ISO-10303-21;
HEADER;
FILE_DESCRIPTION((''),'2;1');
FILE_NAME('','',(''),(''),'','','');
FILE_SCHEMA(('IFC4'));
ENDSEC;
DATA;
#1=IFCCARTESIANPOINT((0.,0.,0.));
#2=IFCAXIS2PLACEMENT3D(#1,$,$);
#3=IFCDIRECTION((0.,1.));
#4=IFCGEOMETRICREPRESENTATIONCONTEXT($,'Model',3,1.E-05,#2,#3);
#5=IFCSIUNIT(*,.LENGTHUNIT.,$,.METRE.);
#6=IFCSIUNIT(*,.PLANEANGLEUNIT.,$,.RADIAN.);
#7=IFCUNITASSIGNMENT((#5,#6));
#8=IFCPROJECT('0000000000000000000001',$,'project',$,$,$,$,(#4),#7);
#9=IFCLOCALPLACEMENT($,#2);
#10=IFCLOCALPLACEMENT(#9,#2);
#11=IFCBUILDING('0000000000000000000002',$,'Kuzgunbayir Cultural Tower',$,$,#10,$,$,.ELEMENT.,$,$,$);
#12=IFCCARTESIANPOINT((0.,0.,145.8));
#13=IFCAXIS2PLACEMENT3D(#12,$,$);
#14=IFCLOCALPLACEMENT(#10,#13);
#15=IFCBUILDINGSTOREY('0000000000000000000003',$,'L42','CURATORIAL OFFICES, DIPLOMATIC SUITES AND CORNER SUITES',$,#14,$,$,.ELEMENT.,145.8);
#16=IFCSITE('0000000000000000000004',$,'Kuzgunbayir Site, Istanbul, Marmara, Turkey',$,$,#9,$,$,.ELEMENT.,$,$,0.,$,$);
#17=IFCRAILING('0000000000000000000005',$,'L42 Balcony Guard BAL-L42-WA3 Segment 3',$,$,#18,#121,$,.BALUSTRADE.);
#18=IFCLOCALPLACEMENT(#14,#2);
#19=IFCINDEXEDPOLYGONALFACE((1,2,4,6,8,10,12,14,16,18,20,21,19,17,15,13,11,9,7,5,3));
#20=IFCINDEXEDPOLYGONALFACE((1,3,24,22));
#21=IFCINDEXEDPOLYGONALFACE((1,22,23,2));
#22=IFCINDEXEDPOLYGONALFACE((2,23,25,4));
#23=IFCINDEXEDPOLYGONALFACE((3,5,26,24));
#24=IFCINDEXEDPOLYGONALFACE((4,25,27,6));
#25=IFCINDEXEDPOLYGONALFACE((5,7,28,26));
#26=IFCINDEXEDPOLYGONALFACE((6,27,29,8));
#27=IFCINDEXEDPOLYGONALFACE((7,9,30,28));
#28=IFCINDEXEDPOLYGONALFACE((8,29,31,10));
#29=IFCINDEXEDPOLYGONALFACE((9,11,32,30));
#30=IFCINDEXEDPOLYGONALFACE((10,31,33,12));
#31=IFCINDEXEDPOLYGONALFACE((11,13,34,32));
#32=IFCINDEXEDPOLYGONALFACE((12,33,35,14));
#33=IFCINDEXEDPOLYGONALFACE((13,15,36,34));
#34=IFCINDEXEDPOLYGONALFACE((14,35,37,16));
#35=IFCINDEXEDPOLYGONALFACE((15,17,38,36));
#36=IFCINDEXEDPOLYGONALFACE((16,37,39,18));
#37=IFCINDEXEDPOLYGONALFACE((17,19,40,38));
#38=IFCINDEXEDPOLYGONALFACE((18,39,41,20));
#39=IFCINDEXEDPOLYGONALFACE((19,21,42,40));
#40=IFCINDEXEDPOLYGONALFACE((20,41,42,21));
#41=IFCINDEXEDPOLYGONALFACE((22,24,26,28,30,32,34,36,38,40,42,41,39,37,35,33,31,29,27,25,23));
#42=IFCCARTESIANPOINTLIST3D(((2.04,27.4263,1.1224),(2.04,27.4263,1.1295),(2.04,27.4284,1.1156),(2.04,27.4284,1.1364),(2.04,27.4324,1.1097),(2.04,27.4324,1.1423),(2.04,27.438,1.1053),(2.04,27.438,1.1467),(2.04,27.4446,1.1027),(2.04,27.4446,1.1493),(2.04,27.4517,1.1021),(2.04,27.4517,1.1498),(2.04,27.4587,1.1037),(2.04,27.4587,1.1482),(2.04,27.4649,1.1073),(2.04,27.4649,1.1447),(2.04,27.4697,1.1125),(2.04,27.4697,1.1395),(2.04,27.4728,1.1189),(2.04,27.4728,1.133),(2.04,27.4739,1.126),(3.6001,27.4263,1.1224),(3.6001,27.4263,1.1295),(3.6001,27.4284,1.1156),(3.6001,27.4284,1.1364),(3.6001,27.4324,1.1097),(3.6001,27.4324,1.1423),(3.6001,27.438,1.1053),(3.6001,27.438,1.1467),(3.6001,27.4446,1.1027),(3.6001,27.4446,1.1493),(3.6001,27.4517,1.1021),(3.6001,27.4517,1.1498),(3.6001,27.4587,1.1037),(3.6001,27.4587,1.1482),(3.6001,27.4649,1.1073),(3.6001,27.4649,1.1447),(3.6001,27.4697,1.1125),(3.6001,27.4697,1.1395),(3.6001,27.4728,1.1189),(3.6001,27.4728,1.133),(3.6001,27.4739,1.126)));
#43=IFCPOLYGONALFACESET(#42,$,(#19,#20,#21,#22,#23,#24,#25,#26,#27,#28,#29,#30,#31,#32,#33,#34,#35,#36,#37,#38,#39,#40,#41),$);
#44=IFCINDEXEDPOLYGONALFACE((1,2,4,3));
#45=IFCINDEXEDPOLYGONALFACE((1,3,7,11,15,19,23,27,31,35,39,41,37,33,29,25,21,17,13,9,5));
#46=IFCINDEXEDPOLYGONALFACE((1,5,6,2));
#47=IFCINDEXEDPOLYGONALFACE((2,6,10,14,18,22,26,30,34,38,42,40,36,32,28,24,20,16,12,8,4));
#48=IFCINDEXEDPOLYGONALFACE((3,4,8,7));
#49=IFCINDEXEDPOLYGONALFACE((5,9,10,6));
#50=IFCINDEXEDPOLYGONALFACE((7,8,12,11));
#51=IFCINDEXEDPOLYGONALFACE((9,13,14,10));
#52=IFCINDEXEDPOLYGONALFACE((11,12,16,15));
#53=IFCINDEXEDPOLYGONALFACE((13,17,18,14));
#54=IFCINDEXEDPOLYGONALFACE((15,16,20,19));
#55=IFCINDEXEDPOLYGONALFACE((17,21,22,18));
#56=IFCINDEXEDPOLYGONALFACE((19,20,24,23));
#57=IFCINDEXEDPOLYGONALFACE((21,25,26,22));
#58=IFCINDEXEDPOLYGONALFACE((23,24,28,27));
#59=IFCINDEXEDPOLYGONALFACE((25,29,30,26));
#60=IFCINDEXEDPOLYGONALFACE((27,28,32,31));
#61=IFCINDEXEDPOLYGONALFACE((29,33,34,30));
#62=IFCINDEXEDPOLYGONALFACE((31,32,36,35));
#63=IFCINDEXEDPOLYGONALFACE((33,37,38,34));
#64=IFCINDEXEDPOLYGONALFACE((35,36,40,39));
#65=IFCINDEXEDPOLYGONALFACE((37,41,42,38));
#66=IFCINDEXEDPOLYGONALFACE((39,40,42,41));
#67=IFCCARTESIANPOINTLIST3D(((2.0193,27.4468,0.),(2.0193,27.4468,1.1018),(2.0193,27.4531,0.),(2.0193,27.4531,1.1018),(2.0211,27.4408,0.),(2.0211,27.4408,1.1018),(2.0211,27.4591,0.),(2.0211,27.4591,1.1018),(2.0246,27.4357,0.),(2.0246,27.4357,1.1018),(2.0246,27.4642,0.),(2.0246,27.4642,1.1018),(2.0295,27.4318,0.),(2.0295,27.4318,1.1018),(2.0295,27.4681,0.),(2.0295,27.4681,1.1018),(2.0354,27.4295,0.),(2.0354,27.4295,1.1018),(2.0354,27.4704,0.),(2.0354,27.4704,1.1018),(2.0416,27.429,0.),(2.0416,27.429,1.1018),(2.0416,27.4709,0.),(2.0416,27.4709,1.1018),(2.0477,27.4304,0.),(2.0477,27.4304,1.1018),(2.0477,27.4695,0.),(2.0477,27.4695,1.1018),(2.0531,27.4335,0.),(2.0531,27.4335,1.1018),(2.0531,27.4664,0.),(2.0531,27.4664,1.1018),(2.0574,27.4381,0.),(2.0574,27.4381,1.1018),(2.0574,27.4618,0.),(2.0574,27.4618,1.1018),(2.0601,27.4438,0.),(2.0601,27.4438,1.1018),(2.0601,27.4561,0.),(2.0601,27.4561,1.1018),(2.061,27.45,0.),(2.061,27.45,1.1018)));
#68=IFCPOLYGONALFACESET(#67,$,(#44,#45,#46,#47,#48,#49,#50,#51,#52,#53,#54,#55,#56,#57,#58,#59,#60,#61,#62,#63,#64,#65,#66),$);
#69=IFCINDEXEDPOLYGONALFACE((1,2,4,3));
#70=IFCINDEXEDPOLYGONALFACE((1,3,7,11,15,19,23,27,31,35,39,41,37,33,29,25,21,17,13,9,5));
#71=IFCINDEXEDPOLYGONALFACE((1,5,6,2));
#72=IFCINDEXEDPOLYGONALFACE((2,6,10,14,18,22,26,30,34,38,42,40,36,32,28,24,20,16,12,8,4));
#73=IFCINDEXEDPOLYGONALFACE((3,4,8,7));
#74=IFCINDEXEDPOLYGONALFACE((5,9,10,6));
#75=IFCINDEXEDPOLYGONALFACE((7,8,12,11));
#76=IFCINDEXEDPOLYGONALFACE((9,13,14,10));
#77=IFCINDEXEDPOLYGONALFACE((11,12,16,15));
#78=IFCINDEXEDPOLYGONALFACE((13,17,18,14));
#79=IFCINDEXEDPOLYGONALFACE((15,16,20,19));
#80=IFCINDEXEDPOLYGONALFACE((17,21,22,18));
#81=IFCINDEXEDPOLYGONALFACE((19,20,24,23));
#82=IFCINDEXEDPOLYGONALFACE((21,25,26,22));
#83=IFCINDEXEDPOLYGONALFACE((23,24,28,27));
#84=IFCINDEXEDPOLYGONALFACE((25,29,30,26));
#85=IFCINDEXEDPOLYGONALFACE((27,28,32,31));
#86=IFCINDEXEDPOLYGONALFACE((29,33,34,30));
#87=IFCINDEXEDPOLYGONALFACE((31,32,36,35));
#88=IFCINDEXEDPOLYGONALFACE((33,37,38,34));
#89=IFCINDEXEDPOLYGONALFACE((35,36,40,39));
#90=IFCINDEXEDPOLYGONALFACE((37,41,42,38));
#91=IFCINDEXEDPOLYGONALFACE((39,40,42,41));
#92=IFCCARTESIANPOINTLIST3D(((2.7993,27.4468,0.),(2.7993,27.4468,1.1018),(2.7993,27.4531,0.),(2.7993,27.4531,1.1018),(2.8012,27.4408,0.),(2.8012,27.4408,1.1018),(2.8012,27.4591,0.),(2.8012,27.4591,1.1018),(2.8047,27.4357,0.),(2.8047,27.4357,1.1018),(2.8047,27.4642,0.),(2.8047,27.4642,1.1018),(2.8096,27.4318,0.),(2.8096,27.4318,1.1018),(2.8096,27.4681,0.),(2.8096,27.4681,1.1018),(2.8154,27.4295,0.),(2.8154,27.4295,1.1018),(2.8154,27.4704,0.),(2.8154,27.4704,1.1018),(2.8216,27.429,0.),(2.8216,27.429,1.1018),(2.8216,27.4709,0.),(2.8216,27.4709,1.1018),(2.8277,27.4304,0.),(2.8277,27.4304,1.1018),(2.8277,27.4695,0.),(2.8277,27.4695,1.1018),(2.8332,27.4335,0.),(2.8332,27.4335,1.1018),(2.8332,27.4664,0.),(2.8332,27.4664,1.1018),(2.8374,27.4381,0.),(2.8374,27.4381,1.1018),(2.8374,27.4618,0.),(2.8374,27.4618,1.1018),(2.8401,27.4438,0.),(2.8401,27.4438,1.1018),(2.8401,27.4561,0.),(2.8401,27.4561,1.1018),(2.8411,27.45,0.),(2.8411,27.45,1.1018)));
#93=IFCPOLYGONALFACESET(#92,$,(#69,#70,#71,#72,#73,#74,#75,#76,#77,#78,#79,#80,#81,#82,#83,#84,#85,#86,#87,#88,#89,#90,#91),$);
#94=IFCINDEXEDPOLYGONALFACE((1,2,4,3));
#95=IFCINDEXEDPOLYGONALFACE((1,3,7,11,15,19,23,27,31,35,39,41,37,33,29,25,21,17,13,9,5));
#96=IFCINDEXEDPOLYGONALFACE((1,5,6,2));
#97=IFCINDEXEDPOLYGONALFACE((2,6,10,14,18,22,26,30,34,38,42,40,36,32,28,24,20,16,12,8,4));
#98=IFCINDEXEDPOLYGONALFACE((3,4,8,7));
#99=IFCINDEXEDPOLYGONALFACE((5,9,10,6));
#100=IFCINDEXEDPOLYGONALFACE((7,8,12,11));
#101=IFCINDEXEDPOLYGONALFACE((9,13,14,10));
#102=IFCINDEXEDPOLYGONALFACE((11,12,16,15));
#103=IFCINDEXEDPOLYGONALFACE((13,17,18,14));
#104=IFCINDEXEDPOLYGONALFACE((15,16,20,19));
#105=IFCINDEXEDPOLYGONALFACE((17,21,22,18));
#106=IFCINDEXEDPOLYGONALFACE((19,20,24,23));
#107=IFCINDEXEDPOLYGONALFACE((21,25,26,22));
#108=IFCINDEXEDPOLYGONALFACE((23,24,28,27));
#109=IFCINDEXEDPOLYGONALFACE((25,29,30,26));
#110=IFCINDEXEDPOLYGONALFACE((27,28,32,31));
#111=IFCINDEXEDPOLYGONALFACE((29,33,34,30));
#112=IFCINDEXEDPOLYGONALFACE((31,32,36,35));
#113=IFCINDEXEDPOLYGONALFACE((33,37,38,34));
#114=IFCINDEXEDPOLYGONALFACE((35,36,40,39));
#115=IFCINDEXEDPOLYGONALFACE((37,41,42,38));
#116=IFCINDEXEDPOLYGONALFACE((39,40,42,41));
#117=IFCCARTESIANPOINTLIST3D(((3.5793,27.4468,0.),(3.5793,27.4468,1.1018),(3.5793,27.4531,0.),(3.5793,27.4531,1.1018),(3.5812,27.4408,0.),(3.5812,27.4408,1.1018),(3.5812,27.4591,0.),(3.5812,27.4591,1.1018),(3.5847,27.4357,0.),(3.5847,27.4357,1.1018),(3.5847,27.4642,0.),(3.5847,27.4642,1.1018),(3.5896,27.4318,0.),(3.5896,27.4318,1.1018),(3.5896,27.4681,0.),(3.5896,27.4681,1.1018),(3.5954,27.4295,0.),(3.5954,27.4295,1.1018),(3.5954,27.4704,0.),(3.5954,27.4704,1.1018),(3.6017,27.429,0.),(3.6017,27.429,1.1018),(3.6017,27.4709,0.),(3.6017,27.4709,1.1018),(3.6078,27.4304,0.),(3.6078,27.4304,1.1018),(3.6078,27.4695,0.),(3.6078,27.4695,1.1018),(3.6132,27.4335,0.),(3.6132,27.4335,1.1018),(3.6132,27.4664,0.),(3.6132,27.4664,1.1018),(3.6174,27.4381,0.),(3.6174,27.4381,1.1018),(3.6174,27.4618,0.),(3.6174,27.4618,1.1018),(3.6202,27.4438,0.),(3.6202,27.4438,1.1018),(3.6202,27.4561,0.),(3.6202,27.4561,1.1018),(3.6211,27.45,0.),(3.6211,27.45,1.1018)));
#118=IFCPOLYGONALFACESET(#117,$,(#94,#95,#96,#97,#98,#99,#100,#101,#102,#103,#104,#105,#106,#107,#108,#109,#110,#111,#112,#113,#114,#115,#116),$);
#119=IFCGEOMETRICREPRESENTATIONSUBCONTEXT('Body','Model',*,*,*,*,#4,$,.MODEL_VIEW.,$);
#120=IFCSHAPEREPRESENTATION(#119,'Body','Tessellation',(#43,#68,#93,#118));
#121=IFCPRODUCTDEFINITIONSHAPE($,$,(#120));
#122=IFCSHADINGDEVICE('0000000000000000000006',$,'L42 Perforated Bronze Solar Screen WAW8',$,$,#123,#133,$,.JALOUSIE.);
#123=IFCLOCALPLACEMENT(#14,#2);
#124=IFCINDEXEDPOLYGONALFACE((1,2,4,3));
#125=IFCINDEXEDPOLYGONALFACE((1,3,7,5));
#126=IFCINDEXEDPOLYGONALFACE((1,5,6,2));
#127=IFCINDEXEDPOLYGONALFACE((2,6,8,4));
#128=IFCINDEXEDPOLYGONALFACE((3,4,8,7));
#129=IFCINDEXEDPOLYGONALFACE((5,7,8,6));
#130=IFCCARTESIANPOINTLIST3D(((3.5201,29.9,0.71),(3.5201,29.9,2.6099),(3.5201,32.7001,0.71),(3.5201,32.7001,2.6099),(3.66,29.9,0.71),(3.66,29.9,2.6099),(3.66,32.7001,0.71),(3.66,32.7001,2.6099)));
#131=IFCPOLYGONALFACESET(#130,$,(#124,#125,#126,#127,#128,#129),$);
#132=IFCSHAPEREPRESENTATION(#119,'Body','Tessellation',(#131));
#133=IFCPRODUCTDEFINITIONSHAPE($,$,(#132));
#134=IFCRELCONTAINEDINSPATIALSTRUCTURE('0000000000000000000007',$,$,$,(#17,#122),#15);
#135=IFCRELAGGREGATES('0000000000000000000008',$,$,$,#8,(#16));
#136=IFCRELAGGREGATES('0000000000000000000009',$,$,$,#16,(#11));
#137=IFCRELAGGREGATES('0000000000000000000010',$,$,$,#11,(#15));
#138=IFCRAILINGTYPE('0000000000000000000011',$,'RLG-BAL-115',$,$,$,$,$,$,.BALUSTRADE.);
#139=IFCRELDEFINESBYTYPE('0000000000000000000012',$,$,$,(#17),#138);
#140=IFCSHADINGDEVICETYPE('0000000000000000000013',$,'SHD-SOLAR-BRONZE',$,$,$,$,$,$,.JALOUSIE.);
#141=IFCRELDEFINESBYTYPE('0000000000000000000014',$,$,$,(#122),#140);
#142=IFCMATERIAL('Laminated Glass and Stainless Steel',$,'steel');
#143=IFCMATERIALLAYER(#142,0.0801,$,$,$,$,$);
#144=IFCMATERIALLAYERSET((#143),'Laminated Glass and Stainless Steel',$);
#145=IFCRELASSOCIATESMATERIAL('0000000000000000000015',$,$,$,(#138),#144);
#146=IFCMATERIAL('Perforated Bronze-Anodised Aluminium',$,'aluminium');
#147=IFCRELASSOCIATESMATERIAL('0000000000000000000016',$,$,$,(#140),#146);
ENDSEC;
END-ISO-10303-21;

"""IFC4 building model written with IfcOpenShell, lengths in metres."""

from ifc_helpers import new_model, si_unit, direction, frame, origin, origin_2d, place, context, subcontext, project, spatial, rectangle, circle, extrude, material, layer, layer_set, type_object, element, save


model = new_model("IFC4")

# Units and contexts
model_context = context("Model", 3, precision=1e-05, world=origin(), true_north=direction((0.0, 1.0)))
body_context = subcontext(model_context, "Body", "Model", "MODEL_VIEW")
ifc_project = project(units=[si_unit("LENGTHUNIT", "METRE"), si_unit("PLANEANGLEUNIT", "RADIAN")], contexts=[model_context])

# Site, building, storey
site_placement = place(None, origin())
site = spatial("IfcSite", under=ifc_project, at=site_placement, Name="Kuzgunbayir Site, Istanbul, Marmara, Turkey", CompositionType="ELEMENT", RefElevation=0.0)
building_placement = place(site_placement, origin())
building = spatial("IfcBuilding", under=site, at=building_placement, Name="Kuzgunbayir Cultural Tower", CompositionType="ELEMENT")
storey_placement = place(building_placement, frame((0.0, 0.0, 145.8)))
storey = spatial("IfcBuildingStorey", under=building, at=storey_placement, Name="L42", Description="CURATORIAL OFFICES, DIPLOMATIC SUITES AND CORNER SUITES", CompositionType="ELEMENT", Elevation=145.8)

# Railing
ifc_material_1 = material(Name="Laminated Glass and Stainless Steel", Category="steel")
ifc_layer_1 = layer(ifc_material_1, 0.0801)
ifc_layer_set_1 = layer_set([ifc_layer_1], Name="Laminated Glass and Stainless Steel")
railing_type = type_object("IfcRailingType", Name="RLG-BAL-115", PredefinedType="BALUSTRADE", material=ifc_layer_set_1)
railing_placement = place(storey_placement, frame((2.04, 27.45, 0.0)))
element("IfcRailing", 1, at=railing_placement, inside=storey, type_object=railing_type, Name="L42 Balcony Guard BAL-L42-WA3 Segment 3", PredefinedType="BALUSTRADE", context=body_context, shape_type="SweptSolid", body=[
    extrude(circle(Radius=0.0239, at=origin_2d()), frame((0.0, 0.0, 1.126), z_axis=(1.0, 0.0, 0.0), x_axis=(0.0, 1.0, 0.0)), (0.0, 0.0, 1.0), 1.5601),
    extrude(circle(Radius=0.021, at=origin_2d()), origin(), (0.0, 0.0, 1.0), 1.1018),
    extrude(circle(Radius=0.021, at=origin_2d()), frame((0.78, 0.0, 0.0)), (0.0, 0.0, 1.0), 1.1018),
    extrude(circle(Radius=0.021, at=origin_2d()), frame((1.5601, 0.0, 0.0)), (0.0, 0.0, 1.0), 1.1018),
])

# Shading device
ifc_material_2 = material(Name="Perforated Bronze-Anodised Aluminium", Category="aluminium")
shading_device_type = type_object("IfcShadingDeviceType", Name="SHD-SOLAR-BRONZE", PredefinedType="JALOUSIE", material=ifc_material_2)
shading_device_placement = place(storey_placement, frame((3.5901, 31.3, 0.71), z_axis=(0.0, 0.0, 1.0), x_axis=(1.0, 0.0, 0.0)))
element("IfcShadingDevice", 2, at=shading_device_placement, inside=storey, type_object=shading_device_type, Name="L42 Perforated Bronze Solar Screen WAW8", PredefinedType="JALOUSIE", context=body_context, shape_type="SweptSolid", body=[
    extrude(rectangle(XDim=0.1399, YDim=2.8, at=origin_2d()), origin(), (0.0, 0.0, 1.0), 1.8999),
])

save(model, "model.ifc")
